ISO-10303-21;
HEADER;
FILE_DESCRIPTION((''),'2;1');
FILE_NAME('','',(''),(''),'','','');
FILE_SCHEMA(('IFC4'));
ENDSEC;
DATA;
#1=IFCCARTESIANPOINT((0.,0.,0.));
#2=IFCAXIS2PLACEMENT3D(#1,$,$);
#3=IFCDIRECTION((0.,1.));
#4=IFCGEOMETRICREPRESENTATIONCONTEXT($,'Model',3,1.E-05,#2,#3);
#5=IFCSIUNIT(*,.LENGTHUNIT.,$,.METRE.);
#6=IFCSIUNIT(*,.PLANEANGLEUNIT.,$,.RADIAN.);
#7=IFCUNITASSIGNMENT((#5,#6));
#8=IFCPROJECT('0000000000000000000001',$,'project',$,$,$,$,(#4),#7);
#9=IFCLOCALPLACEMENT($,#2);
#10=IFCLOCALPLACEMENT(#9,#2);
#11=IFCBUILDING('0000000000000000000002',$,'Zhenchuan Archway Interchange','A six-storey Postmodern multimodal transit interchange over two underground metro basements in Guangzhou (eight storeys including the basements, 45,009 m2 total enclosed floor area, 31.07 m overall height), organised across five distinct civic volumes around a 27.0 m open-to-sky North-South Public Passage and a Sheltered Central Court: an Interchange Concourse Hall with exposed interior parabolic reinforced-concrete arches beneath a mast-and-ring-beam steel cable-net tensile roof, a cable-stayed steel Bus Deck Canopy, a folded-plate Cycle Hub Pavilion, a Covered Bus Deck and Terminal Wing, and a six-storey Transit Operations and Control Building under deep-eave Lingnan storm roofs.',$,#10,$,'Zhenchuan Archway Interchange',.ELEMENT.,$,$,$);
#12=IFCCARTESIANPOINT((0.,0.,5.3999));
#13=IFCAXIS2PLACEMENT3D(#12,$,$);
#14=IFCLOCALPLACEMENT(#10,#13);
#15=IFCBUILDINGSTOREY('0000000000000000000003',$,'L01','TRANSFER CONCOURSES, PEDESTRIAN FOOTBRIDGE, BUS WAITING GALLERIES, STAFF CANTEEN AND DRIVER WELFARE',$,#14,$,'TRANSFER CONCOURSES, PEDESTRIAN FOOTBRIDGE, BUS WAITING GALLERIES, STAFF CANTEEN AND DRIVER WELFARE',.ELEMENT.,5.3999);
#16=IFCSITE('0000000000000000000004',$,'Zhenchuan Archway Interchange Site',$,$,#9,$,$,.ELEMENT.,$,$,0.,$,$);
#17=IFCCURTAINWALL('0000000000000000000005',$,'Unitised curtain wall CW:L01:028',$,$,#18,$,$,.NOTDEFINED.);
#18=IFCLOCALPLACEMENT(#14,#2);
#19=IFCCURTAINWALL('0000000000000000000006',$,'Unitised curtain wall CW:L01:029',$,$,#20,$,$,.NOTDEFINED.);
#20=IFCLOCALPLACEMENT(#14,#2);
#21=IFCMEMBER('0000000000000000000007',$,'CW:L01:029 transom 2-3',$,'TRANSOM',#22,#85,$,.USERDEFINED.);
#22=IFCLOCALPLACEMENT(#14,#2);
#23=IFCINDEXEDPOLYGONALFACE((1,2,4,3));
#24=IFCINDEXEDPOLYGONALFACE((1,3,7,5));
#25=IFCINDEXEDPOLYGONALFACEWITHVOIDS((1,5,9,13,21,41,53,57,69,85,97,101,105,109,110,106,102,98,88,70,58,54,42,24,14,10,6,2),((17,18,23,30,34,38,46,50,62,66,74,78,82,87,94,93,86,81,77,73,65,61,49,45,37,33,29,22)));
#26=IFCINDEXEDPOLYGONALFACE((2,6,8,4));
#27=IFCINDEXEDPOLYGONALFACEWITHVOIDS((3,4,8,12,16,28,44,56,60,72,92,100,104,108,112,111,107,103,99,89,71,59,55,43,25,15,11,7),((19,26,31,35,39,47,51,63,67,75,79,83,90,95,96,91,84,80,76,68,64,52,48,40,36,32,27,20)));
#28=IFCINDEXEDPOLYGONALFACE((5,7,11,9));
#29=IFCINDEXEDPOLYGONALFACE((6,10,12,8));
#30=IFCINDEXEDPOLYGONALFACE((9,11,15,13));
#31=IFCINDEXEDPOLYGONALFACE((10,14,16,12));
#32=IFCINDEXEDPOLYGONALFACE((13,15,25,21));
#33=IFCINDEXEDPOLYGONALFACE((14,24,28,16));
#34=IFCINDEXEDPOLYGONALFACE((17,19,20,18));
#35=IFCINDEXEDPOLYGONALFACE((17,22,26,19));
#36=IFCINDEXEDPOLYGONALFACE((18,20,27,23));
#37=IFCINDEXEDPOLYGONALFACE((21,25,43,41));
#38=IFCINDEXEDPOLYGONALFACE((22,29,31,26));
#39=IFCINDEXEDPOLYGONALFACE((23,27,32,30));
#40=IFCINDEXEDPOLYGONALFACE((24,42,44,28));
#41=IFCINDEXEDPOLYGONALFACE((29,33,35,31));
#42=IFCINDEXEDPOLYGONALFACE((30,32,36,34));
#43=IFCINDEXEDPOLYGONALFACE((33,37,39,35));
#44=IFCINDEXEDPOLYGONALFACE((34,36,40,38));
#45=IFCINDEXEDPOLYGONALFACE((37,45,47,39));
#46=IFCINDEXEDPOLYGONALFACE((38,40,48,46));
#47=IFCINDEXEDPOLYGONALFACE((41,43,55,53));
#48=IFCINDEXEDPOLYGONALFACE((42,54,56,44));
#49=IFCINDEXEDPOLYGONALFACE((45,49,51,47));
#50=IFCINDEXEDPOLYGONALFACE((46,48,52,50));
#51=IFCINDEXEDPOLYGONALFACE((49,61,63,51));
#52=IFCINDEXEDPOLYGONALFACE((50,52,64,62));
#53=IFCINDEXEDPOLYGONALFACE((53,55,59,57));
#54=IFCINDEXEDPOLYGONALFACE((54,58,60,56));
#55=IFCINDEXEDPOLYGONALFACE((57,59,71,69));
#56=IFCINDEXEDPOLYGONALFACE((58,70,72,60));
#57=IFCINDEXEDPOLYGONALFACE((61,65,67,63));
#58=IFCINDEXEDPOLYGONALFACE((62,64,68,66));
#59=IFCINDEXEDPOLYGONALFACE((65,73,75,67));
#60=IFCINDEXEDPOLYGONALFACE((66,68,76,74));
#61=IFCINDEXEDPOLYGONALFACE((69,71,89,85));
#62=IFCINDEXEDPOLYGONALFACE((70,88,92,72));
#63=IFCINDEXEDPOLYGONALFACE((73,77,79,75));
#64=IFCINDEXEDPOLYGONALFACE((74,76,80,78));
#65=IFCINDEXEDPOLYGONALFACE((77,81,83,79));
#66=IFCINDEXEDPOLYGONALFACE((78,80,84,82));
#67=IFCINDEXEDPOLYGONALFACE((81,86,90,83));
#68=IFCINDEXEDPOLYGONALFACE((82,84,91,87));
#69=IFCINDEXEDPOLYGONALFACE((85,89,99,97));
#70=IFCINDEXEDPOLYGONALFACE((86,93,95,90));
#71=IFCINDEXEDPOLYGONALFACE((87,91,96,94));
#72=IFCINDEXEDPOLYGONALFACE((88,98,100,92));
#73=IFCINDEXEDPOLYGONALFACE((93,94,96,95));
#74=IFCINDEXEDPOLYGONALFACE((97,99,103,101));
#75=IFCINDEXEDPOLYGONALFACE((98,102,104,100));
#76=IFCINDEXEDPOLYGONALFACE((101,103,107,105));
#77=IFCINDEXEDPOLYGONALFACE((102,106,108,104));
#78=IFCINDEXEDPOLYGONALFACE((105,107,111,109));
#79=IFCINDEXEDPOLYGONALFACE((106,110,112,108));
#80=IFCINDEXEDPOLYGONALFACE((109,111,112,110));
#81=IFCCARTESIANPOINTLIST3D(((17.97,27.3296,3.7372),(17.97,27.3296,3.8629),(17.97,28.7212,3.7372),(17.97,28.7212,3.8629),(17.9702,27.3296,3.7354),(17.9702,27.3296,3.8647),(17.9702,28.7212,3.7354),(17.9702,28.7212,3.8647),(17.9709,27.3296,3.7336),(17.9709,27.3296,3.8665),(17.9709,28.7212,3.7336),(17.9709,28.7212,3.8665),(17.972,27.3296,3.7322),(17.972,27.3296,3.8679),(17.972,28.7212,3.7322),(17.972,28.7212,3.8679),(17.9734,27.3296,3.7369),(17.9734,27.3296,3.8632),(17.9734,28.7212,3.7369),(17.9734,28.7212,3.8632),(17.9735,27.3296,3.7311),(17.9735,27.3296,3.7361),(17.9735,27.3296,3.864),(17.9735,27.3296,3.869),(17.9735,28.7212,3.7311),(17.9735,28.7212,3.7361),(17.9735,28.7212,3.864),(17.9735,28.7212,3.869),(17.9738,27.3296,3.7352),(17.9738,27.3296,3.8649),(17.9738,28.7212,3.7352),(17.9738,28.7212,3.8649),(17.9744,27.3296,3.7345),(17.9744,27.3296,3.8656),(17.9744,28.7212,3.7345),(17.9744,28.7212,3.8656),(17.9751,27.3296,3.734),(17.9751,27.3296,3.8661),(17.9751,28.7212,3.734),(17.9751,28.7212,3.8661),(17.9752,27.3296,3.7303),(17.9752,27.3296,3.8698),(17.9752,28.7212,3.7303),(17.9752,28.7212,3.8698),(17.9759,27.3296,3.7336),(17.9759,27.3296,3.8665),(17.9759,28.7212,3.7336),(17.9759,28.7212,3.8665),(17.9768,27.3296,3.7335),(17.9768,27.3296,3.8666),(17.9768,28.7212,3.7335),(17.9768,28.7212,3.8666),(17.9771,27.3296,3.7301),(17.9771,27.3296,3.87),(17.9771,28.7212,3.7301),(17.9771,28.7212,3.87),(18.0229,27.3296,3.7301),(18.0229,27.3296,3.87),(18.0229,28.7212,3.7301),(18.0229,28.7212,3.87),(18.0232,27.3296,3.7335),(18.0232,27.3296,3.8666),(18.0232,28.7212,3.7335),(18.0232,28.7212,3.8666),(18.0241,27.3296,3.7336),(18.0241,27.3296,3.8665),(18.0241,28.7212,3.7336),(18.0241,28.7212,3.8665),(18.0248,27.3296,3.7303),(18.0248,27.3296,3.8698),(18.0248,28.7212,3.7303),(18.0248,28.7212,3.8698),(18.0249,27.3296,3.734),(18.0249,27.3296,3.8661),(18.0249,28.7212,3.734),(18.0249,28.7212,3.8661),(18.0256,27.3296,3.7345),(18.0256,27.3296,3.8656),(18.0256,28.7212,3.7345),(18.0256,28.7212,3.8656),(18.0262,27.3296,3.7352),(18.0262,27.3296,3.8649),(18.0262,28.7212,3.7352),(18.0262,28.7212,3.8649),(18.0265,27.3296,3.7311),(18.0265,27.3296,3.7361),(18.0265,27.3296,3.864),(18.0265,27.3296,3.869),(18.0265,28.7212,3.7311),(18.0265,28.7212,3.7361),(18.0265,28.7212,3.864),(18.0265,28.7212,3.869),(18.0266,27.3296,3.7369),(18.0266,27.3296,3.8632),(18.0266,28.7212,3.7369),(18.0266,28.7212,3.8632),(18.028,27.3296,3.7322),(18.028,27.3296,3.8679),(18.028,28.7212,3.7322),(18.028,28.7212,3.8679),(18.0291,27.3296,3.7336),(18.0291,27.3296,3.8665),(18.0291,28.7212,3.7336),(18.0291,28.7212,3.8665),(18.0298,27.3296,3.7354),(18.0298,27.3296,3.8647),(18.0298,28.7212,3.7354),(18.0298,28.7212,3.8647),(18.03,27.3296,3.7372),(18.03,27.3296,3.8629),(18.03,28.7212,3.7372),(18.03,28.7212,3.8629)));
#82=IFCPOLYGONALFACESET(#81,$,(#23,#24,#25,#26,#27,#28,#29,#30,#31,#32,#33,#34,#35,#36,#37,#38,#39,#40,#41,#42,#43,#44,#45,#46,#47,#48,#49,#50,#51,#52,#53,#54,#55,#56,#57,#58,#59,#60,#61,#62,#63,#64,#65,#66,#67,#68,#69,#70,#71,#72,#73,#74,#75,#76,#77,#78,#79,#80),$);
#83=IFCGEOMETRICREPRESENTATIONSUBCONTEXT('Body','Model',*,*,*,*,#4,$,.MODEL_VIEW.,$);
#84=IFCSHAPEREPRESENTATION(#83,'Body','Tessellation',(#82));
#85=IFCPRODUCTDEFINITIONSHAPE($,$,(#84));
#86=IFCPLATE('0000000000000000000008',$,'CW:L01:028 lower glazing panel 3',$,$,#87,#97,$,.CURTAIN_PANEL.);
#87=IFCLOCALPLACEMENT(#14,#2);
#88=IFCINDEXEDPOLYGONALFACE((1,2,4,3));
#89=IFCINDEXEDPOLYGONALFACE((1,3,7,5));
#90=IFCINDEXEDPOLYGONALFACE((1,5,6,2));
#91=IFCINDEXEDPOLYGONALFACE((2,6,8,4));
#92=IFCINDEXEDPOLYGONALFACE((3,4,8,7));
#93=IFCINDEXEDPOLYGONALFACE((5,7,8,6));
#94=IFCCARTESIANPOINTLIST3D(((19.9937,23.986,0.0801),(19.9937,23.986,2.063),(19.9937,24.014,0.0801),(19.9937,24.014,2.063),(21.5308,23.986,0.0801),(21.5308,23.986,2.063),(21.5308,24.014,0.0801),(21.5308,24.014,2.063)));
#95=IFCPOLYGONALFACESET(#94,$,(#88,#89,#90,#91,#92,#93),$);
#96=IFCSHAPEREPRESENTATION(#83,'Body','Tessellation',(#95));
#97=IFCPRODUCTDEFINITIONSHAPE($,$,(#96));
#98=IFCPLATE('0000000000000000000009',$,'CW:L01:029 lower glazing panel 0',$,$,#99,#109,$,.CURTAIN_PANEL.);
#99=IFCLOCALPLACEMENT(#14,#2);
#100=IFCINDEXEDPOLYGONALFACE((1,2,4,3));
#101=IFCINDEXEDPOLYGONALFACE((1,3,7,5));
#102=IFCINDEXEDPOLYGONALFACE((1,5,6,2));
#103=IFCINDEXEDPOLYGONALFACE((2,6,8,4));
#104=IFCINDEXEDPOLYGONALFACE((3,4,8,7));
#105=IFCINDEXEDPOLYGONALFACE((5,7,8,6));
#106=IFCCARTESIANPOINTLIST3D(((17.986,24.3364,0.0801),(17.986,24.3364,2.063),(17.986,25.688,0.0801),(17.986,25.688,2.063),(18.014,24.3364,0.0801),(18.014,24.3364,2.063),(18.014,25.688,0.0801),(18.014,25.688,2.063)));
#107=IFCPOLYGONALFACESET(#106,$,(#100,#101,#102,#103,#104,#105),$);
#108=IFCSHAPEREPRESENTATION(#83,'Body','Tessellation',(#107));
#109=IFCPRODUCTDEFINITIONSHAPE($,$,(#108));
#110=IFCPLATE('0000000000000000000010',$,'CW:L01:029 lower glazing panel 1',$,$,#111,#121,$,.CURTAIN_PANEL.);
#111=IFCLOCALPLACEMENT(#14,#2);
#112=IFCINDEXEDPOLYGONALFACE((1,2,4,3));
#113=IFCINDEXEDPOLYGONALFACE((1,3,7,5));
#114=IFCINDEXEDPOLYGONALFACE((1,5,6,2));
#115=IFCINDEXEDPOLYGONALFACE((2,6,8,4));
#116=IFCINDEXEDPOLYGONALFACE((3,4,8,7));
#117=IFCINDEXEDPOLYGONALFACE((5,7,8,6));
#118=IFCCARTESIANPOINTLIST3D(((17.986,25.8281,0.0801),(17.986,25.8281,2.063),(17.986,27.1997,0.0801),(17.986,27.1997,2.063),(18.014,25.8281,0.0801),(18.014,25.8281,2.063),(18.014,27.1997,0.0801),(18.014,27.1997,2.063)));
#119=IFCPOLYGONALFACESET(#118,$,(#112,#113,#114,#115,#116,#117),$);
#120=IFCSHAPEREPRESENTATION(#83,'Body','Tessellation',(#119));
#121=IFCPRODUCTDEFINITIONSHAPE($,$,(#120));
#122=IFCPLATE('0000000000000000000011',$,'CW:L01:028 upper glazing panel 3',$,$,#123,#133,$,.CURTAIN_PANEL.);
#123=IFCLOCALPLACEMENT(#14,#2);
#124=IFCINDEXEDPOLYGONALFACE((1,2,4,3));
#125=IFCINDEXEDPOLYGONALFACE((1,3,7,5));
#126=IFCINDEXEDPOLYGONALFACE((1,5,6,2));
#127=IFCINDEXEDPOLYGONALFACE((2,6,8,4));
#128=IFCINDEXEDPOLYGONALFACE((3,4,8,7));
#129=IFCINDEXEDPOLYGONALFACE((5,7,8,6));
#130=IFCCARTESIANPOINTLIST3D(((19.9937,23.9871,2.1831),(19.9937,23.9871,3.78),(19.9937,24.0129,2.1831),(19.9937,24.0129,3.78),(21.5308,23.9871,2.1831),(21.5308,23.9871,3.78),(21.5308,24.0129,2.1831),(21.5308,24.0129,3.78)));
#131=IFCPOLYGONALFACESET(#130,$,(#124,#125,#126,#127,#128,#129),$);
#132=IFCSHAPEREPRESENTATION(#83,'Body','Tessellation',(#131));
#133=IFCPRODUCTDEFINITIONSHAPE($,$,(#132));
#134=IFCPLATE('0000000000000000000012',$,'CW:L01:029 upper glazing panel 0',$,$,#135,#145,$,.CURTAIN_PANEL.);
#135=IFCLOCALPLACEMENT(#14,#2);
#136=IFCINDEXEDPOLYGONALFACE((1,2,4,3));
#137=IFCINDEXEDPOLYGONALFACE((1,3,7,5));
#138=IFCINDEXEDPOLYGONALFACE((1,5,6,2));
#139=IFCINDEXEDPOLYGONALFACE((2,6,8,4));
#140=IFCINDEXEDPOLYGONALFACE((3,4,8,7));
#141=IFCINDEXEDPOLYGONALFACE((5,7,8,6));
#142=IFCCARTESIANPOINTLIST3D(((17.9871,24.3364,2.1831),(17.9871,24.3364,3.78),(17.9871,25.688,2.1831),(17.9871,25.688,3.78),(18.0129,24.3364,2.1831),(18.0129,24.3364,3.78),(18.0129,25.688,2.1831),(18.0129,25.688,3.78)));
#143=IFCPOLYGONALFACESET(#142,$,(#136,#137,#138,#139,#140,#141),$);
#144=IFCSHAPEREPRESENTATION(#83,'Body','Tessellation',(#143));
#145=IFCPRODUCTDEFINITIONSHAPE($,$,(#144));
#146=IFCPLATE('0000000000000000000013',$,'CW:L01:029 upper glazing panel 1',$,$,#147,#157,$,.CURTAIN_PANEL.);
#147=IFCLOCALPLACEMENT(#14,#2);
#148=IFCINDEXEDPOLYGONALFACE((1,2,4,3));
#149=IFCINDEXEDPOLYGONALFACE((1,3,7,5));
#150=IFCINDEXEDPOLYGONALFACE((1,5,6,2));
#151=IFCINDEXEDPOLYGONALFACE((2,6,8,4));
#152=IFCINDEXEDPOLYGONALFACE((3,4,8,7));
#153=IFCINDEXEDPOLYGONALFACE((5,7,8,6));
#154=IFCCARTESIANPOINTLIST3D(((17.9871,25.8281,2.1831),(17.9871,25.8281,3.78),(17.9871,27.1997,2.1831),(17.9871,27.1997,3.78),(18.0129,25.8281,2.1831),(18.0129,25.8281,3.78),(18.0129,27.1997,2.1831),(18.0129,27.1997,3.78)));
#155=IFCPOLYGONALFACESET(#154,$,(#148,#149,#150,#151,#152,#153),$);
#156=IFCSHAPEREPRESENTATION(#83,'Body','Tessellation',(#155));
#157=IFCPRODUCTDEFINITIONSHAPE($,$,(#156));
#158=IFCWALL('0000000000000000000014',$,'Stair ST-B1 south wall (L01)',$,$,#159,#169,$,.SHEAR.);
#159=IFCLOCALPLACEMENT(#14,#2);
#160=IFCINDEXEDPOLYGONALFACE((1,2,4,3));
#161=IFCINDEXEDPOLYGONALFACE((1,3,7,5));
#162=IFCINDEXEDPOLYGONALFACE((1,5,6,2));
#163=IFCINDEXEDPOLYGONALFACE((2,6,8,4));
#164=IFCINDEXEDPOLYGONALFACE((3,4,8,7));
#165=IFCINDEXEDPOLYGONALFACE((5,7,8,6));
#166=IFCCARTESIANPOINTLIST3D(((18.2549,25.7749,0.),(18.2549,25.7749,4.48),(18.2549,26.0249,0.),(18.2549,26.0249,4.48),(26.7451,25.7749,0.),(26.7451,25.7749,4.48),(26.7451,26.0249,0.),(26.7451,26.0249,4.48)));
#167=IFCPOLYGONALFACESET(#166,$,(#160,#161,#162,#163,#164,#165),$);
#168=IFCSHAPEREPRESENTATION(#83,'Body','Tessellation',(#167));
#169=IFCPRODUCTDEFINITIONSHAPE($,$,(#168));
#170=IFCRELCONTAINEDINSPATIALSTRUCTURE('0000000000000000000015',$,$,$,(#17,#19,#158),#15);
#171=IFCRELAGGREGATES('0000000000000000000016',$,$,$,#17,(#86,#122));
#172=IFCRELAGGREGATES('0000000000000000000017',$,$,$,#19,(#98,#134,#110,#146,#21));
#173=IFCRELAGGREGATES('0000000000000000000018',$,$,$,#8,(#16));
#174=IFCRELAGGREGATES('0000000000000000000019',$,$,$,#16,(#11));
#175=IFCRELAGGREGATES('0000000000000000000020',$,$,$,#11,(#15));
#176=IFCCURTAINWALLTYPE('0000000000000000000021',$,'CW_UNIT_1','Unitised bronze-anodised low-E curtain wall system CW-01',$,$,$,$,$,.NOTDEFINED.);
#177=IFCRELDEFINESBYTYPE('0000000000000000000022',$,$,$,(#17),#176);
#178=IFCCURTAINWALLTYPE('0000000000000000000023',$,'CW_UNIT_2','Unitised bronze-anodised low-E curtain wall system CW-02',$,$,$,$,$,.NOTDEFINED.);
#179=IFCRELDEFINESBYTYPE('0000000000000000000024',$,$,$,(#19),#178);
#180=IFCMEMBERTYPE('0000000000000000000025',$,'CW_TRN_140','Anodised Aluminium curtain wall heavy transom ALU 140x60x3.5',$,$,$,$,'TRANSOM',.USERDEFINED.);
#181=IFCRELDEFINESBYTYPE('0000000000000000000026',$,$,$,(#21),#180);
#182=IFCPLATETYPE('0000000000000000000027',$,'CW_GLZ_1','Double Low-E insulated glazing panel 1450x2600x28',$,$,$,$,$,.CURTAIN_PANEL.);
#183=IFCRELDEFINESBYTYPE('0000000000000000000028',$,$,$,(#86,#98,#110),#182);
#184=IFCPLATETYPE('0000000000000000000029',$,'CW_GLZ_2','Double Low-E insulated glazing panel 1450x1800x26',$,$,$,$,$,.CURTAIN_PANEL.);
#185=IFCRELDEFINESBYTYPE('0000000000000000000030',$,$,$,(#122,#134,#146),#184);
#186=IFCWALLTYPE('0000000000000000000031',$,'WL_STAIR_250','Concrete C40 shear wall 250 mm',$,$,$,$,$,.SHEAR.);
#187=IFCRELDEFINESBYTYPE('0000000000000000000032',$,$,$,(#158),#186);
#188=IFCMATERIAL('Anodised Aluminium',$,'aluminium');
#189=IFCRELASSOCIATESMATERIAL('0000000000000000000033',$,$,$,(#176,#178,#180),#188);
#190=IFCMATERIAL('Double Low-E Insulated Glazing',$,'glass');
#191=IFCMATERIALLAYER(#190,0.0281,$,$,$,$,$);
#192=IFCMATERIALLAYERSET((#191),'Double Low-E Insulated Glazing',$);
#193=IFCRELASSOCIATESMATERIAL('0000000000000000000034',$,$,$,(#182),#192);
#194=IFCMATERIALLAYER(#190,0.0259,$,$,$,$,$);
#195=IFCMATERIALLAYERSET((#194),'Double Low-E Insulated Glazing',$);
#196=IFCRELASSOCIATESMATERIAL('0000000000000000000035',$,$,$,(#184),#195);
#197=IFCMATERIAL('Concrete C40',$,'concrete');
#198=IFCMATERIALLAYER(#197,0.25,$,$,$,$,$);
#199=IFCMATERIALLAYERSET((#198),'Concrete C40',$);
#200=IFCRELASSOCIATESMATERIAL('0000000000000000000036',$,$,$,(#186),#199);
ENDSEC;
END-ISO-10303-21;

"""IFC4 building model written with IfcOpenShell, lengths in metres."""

from ifc_helpers import new_model, si_unit, direction, frame, frame_2d, origin, origin_2d, place, context, subcontext, project, spatial, rectangle, hollow_rectangle, extrude, material, layer, layer_set, material_profile, profile_set, type_object, element, aggregate, save


model = new_model("IFC4")

# Units and contexts
model_context = context("Model", 3, precision=1e-05, world=origin(), true_north=direction((0.0, 1.0)))
body_context = subcontext(model_context, "Body", "Model", "MODEL_VIEW")
ifc_project = project(units=[si_unit("LENGTHUNIT", "METRE"), si_unit("PLANEANGLEUNIT", "RADIAN")], contexts=[model_context])

# Site, building, storey
site_placement = place(None, origin())
site = spatial("IfcSite", under=ifc_project, at=site_placement, Name="Zhenchuan Archway Interchange Site", CompositionType="ELEMENT", RefElevation=0.0)
building_placement = place(site_placement, origin())
building = spatial("IfcBuilding", under=site, at=building_placement, Name="Zhenchuan Archway Interchange", Description="A six-storey Postmodern multimodal transit interchange over two underground metro basements in Guangzhou (eight storeys including the basements, 45,009 m2 total enclosed floor area, 31.07 m overall height), organised across five distinct civic volumes around a 27.0 m open-to-sky North-South Public Passage and a Sheltered Central Court: an Interchange Concourse Hall with exposed interior parabolic reinforced-concrete arches beneath a mast-and-ring-beam steel cable-net tensile roof, a cable-stayed steel Bus Deck Canopy, a folded-plate Cycle Hub Pavilion, a Covered Bus Deck and Terminal Wing, and a six-storey Transit Operations and Control Building under deep-eave Lingnan storm roofs.", LongName="Zhenchuan Archway Interchange", CompositionType="ELEMENT")
storey_placement = place(building_placement, frame((0.0, 0.0, 5.3999)))
storey = spatial("IfcBuildingStorey", under=building, at=storey_placement, Name="L01", Description="TRANSFER CONCOURSES, PEDESTRIAN FOOTBRIDGE, BUS WAITING GALLERIES, STAFF CANTEEN AND DRIVER WELFARE", LongName="TRANSFER CONCOURSES, PEDESTRIAN FOOTBRIDGE, BUS WAITING GALLERIES, STAFF CANTEEN AND DRIVER WELFARE", CompositionType="ELEMENT", Elevation=5.3999)

# Curtain walls
ifc_material_1 = material(Name="Anodised Aluminium", Category="aluminium")
curtain_wall_type_1 = type_object("IfcCurtainWallType", Name="CW_UNIT_1", Description="Unitised bronze-anodised low-E curtain wall system CW-01", PredefinedType="NOTDEFINED", material=ifc_material_1)
curtain_wall_1_placement = place(storey_placement, origin())
curtain_wall_1 = element("IfcCurtainWall", 1, at=curtain_wall_1_placement, inside=storey, type_object=curtain_wall_type_1, Name="Unitised curtain wall CW:L01:028", PredefinedType="NOTDEFINED")
curtain_wall_type_2 = type_object("IfcCurtainWallType", Name="CW_UNIT_2", Description="Unitised bronze-anodised low-E curtain wall system CW-02", PredefinedType="NOTDEFINED", material=ifc_material_1)
curtain_wall_2_placement = place(storey_placement, origin())
curtain_wall_2 = element("IfcCurtainWall", 2, at=curtain_wall_2_placement, inside=storey, type_object=curtain_wall_type_2, Name="Unitised curtain wall CW:L01:029", PredefinedType="NOTDEFINED")

# Member
ifc_material_profile_1 = material_profile(ifc_material_1, hollow_rectangle(XDim=0.0601, YDim=0.1399, WallThickness=0.0034, InnerFilletRadius=0.0034, OuterFilletRadius=0.0071, at=origin_2d()), Name="ALU 140x60x3.5")
ifc_profile_set_1 = profile_set([ifc_material_profile_1], Name="Anodised Aluminium")
member_type_1 = type_object("IfcMemberType", Name="CW_TRN_140", Description="Anodised Aluminium curtain wall heavy transom ALU 140x60x3.5", ElementType="TRANSOM", PredefinedType="USERDEFINED", material=ifc_profile_set_1)
member_1_placement = place(storey_placement, frame((18.0, 27.3296, 3.8), z_axis=(0.0, 1.0, 0.0), x_axis=(-1.0, 0.0, 0.0)))
member_1 = element("IfcMember", 3, at=member_1_placement, type_object=member_type_1, Name="CW:L01:029 transom 2-3", ObjectType="TRANSOM", PredefinedType="USERDEFINED", context=body_context, shape_type="SweptSolid", body=[
    extrude(hollow_rectangle(XDim=0.0601, YDim=0.1399, WallThickness=0.0034, InnerFilletRadius=0.0034, OuterFilletRadius=0.0071, at=origin_2d()), origin(), (0.0, 0.0, 1.0), 1.3916),
])

# Plates
ifc_material_2 = material(Name="Double Low-E Insulated Glazing", Category="glass")
ifc_layer_1 = layer(ifc_material_2, 0.0281)
ifc_layer_set_1 = layer_set([ifc_layer_1], Name="Double Low-E Insulated Glazing")
plate_type_1 = type_object("IfcPlateType", Name="CW_GLZ_1", Description="Double Low-E insulated glazing panel 1450x2600x28", PredefinedType="CURTAIN_PANEL", material=ifc_layer_set_1)
plate_1_placement = place(storey_placement, frame((20.7622, 24.0, 0.0801), z_axis=(0.0, 0.0, 1.0), x_axis=(-1.0, 0.0, 0.0)))
plate_1 = element("IfcPlate", 4, at=plate_1_placement, type_object=plate_type_1, Name="CW:L01:028 lower glazing panel 3", PredefinedType="CURTAIN_PANEL", context=body_context, shape_type="SweptSolid", body=[
    extrude(rectangle(XDim=1.5371, YDim=0.0281, at=origin_2d()), origin(), (0.0, 0.0, 1.0), 1.9829),
])
plate_2_placement = place(storey_placement, frame((18.0, 25.0122, 0.0801), z_axis=(0.0, 0.0, 1.0), x_axis=(0.0, 1.0, 0.0)))
plate_2 = element("IfcPlate", 5, at=plate_2_placement, type_object=plate_type_1, Name="CW:L01:029 lower glazing panel 0", PredefinedType="CURTAIN_PANEL", context=body_context, shape_type="SweptSolid", body=[
    extrude(rectangle(XDim=1.3516, YDim=0.0281, at=origin_2d()), origin(), (0.0, 0.0, 1.0), 1.9829),
])
plate_3_placement = place(storey_placement, frame((18.0, 26.5139, 0.0801), z_axis=(0.0, 0.0, 1.0), x_axis=(0.0, 1.0, 0.0)))
plate_3 = element("IfcPlate", 6, at=plate_3_placement, type_object=plate_type_1, Name="CW:L01:029 lower glazing panel 1", PredefinedType="CURTAIN_PANEL", context=body_context, shape_type="SweptSolid", body=[
    extrude(rectangle(XDim=1.3716, YDim=0.0281, at=origin_2d()), origin(), (0.0, 0.0, 1.0), 1.9829),
])
ifc_layer_2 = layer(ifc_material_2, 0.0259)
ifc_layer_set_2 = layer_set([ifc_layer_2], Name="Double Low-E Insulated Glazing")
plate_type_2 = type_object("IfcPlateType", Name="CW_GLZ_2", Description="Double Low-E insulated glazing panel 1450x1800x26", PredefinedType="CURTAIN_PANEL", material=ifc_layer_set_2)
plate_4_placement = place(storey_placement, frame((20.7622, 24.0, 2.1831), z_axis=(0.0, 0.0, 1.0), x_axis=(-1.0, 0.0, 0.0)))
plate_4 = element("IfcPlate", 7, at=plate_4_placement, type_object=plate_type_2, Name="CW:L01:028 upper glazing panel 3", PredefinedType="CURTAIN_PANEL", context=body_context, shape_type="SweptSolid", body=[
    extrude(rectangle(XDim=1.5371, YDim=0.0259, at=origin_2d()), origin(), (0.0, 0.0, 1.0), 1.5969),
])
aggregate(curtain_wall_1, [plate_1, plate_4])
plate_5_placement = place(storey_placement, frame((18.0, 25.0122, 2.1831), z_axis=(0.0, 0.0, 1.0), x_axis=(0.0, 1.0, 0.0)))
plate_5 = element("IfcPlate", 8, at=plate_5_placement, type_object=plate_type_2, Name="CW:L01:029 upper glazing panel 0", PredefinedType="CURTAIN_PANEL", context=body_context, shape_type="SweptSolid", body=[
    extrude(rectangle(XDim=1.3516, YDim=0.0259, at=origin_2d()), origin(), (0.0, 0.0, 1.0), 1.5969),
])
plate_6_placement = place(storey_placement, frame((18.0, 26.5139, 2.1831), z_axis=(0.0, 0.0, 1.0), x_axis=(0.0, 1.0, 0.0)))
plate_6 = element("IfcPlate", 9, at=plate_6_placement, type_object=plate_type_2, Name="CW:L01:029 upper glazing panel 1", PredefinedType="CURTAIN_PANEL", context=body_context, shape_type="SweptSolid", body=[
    extrude(rectangle(XDim=1.3716, YDim=0.0259, at=origin_2d()), origin(), (0.0, 0.0, 1.0), 1.5969),
])
aggregate(curtain_wall_2, [plate_2, plate_5, plate_3, plate_6, member_1])

# Wall
ifc_material_3 = material(Name="Concrete C40", Category="concrete")
ifc_layer_3 = layer(ifc_material_3, 0.25)
ifc_layer_set_3 = layer_set([ifc_layer_3], Name="Concrete C40")
wall_type = type_object("IfcWallType", Name="WL_STAIR_250", Description="Concrete C40 shear wall 250 mm", PredefinedType="SHEAR", material=ifc_layer_set_3)
wall_placement = place(storey_placement, frame((18.2549, 25.8999, 0.0), z_axis=(0.0, 0.0, 1.0), x_axis=(1.0, 0.0, 0.0)))
element("IfcWall", 10, at=wall_placement, inside=storey, type_object=wall_type, Name="Stair ST-B1 south wall (L01)", PredefinedType="SHEAR", context=body_context, shape_type="SweptSolid", body=[
    extrude(rectangle(XDim=8.4902, YDim=0.25, at=frame_2d((4.2451, 0.0))), origin(), (0.0, 0.0, 1.0), 4.48),
])

save(model, "model.ifc")
